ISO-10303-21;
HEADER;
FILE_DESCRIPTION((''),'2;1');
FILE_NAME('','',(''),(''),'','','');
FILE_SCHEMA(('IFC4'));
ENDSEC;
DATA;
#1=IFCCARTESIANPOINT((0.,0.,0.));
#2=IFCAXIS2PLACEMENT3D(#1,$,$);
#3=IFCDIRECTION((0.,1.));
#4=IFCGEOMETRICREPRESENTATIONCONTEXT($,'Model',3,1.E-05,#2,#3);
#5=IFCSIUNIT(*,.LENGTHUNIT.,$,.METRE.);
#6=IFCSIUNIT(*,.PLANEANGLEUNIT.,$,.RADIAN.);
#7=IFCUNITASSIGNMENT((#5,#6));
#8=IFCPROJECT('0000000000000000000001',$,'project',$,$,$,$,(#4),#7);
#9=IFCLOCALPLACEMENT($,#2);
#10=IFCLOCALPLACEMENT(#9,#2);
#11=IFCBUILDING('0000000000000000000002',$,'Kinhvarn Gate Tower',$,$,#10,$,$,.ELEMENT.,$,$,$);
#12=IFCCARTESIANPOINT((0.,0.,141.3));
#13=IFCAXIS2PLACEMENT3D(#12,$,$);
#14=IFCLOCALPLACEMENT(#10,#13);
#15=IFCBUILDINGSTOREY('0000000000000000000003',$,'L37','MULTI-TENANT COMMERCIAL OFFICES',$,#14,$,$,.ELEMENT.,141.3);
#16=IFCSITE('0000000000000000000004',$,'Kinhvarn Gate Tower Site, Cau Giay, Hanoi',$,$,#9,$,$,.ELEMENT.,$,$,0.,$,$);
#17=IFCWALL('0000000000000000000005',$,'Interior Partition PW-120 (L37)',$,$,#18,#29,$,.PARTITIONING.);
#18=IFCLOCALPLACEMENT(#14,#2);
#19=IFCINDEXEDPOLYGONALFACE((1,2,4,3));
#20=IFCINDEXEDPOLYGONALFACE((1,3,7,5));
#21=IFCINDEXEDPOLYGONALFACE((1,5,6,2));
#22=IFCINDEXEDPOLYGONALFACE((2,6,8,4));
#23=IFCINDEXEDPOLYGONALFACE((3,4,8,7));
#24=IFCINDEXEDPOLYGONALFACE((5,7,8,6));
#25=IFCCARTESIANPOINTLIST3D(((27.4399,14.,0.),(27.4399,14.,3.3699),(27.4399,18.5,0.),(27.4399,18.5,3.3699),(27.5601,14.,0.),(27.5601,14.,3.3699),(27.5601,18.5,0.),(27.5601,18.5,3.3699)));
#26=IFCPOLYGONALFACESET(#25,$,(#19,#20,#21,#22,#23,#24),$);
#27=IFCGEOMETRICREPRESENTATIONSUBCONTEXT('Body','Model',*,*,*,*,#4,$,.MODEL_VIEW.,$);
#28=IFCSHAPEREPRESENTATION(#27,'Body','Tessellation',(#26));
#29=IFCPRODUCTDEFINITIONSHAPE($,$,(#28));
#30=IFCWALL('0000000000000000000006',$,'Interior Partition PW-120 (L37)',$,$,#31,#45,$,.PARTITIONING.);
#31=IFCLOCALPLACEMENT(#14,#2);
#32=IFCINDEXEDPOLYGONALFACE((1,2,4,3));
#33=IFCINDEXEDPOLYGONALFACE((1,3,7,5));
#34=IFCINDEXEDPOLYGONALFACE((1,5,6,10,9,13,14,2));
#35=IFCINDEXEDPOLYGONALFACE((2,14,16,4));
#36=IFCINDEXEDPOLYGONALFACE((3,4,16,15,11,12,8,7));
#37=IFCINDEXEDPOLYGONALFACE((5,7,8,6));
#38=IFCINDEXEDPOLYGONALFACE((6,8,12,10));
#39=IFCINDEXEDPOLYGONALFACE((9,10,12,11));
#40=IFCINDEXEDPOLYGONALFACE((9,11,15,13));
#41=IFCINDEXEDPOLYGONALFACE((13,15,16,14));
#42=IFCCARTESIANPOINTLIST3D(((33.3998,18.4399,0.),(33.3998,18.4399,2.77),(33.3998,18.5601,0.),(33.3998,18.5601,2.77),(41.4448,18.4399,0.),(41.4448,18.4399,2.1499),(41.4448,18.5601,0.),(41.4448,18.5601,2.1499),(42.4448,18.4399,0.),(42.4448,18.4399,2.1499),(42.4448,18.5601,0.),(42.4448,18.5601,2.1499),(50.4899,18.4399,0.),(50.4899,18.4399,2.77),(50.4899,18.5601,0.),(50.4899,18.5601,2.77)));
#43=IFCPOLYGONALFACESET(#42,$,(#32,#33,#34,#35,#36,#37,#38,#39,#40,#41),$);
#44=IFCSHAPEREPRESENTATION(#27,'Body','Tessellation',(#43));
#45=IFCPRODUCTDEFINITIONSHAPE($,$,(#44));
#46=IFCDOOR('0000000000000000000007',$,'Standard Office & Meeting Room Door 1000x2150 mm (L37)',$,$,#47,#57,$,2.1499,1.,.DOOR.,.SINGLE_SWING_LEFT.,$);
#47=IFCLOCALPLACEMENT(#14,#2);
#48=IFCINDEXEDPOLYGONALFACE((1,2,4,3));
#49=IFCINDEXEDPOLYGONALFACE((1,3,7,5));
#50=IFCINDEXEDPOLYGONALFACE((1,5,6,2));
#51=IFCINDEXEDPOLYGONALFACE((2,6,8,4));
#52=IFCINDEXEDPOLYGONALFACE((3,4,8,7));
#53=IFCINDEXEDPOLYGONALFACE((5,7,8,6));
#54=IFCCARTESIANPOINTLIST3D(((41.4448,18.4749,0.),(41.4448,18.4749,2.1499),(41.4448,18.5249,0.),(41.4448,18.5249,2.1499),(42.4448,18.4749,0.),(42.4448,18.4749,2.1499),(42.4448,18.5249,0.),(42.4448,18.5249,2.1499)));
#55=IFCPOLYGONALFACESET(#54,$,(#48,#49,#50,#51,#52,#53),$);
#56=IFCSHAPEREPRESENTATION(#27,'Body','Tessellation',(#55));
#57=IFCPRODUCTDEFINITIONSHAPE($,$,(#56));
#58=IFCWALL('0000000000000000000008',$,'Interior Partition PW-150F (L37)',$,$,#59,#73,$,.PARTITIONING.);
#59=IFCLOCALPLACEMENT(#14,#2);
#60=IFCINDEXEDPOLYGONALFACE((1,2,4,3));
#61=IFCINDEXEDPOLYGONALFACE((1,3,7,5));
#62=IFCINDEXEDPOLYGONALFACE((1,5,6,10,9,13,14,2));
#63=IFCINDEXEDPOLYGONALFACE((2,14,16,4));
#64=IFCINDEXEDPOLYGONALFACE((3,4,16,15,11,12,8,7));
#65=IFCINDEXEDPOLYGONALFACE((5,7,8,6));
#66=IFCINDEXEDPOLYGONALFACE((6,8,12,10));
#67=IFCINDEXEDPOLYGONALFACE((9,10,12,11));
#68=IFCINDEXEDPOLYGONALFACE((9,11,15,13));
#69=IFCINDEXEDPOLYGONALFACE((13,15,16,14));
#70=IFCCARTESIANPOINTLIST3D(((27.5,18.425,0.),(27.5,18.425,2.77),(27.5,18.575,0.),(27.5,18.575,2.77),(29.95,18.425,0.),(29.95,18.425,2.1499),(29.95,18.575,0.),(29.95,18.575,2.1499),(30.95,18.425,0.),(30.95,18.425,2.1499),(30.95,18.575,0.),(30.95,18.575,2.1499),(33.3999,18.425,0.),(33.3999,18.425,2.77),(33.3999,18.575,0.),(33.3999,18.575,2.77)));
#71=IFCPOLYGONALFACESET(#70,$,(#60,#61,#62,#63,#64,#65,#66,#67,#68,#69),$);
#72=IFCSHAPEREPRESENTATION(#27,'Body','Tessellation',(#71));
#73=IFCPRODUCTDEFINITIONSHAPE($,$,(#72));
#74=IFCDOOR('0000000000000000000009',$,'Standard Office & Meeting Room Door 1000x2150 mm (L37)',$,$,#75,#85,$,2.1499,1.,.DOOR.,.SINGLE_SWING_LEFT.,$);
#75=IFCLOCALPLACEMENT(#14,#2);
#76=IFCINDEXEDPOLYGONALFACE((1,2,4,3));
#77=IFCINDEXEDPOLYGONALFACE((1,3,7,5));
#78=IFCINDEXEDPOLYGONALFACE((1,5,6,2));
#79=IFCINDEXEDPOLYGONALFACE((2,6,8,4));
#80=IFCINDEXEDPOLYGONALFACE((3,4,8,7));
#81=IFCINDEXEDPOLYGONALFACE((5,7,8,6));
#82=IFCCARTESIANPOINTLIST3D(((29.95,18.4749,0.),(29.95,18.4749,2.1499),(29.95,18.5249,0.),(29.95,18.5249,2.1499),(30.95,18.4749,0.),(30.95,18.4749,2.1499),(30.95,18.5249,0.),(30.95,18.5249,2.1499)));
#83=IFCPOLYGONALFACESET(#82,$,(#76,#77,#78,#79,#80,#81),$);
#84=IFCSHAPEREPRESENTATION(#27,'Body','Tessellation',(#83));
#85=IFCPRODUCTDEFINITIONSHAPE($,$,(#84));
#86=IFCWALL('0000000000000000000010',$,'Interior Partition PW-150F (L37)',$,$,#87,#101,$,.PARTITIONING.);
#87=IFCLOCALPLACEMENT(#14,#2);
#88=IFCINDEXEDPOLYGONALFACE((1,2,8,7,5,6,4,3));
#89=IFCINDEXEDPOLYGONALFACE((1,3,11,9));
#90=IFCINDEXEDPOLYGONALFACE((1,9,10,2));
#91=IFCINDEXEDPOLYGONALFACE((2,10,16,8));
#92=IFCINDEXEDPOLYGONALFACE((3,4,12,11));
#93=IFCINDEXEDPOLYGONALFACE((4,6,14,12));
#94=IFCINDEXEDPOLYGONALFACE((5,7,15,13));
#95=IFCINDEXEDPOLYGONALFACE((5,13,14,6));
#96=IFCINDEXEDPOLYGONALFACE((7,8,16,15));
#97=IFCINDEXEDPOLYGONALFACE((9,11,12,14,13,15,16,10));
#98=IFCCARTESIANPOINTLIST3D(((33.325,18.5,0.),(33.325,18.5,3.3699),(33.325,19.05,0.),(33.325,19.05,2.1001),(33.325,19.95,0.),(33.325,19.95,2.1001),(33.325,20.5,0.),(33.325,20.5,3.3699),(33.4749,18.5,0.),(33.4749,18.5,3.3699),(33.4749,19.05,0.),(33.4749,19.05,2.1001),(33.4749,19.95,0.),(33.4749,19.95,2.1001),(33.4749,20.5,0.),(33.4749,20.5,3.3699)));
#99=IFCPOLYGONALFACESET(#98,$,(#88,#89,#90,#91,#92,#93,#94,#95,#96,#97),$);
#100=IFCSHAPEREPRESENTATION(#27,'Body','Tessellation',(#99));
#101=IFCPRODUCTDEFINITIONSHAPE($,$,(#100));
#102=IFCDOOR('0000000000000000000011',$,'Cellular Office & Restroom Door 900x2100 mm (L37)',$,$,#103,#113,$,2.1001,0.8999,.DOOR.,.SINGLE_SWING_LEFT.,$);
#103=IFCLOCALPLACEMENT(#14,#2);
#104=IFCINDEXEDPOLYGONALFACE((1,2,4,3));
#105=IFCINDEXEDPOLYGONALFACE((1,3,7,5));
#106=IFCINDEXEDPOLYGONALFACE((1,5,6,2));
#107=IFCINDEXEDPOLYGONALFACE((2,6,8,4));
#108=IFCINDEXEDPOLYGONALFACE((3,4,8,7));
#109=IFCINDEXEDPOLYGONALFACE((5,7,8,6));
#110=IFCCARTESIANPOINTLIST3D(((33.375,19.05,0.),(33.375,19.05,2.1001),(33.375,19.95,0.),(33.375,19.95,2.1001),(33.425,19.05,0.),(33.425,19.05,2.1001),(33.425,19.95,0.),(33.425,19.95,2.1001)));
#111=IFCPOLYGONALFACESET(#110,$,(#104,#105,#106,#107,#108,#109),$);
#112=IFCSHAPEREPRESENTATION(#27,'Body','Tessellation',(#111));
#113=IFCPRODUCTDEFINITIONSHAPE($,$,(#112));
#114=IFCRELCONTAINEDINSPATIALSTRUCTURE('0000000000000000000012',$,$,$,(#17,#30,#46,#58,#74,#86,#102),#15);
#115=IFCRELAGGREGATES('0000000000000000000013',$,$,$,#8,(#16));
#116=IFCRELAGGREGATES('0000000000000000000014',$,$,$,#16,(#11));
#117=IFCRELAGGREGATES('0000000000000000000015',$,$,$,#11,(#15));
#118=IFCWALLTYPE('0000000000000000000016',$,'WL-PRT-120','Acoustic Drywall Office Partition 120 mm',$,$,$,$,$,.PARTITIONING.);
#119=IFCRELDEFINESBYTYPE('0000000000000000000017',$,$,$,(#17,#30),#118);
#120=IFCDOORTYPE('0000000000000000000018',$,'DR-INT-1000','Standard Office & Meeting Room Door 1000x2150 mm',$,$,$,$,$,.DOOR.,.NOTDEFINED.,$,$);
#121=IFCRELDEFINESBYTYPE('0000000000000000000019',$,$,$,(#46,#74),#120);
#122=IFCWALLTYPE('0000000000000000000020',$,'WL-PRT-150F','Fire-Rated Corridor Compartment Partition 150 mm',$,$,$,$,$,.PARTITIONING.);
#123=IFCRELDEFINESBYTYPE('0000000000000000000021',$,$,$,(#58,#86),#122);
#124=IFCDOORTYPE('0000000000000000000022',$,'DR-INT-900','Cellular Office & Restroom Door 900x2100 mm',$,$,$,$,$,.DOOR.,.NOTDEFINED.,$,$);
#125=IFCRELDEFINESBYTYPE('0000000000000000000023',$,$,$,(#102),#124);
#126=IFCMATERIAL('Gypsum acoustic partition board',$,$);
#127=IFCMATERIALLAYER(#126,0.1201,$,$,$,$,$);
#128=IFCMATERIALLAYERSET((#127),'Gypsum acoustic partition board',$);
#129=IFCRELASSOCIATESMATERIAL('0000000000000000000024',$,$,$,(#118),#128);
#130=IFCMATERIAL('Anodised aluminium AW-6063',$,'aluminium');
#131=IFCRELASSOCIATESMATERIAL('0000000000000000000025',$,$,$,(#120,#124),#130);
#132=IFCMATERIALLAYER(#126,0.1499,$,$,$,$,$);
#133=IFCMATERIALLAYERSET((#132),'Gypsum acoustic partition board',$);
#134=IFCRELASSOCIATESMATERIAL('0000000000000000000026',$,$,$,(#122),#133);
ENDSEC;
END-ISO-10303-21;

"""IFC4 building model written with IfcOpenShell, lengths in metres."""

from ifc_helpers import new_model, si_unit, direction, frame, frame_2d, origin, place, context, subcontext, project, spatial, rectangle, extrude, material, layer, layer_set, type_object, element, fill, save


model = new_model("IFC4")

# Units and contexts
model_context = context("Model", 3, precision=1e-05, world=origin(), true_north=direction((0.0, 1.0)))
body_context = subcontext(model_context, "Body", "Model", "MODEL_VIEW")
ifc_project = project(units=[si_unit("LENGTHUNIT", "METRE"), si_unit("PLANEANGLEUNIT", "RADIAN")], contexts=[model_context])

# Site, building, storey
site_placement = place(None, origin())
site = spatial("IfcSite", under=ifc_project, at=site_placement, Name="Kinhvarn Gate Tower Site, Cau Giay, Hanoi", CompositionType="ELEMENT", RefElevation=0.0)
building_placement = place(site_placement, origin())
building = spatial("IfcBuilding", under=site, at=building_placement, Name="Kinhvarn Gate Tower", CompositionType="ELEMENT")
storey_placement = place(building_placement, frame((0.0, 0.0, 141.3)))
storey = spatial("IfcBuildingStorey", under=building, at=storey_placement, Name="L37", Description="MULTI-TENANT COMMERCIAL OFFICES", CompositionType="ELEMENT", Elevation=141.3)

# Wall
ifc_material_1 = material(Name="Gypsum acoustic partition board")
ifc_layer_1 = layer(ifc_material_1, 0.1201)
ifc_layer_set_1 = layer_set([ifc_layer_1], Name="Gypsum acoustic partition board")
wall_type_1 = type_object("IfcWallType", Name="WL-PRT-120", Description="Acoustic Drywall Office Partition 120 mm", PredefinedType="PARTITIONING", material=ifc_layer_set_1)
wall_1_placement = place(storey_placement, frame((27.5, 14.0, 0.0), z_axis=(0.0, 0.0, 1.0), x_axis=(0.0, 1.0, 0.0)))
element("IfcWall", 1, at=wall_1_placement, inside=storey, type_object=wall_type_1, Name="Interior Partition PW-120 (L37)", PredefinedType="PARTITIONING", context=body_context, shape_type="SweptSolid", body=[
    extrude(rectangle(XDim=4.5, YDim=0.1201, at=frame_2d((2.25, 0.0))), origin(), (0.0, 0.0, 1.0), 3.3699),
])

# Walls, openings, doors
wall_2_placement = place(storey_placement, frame((33.3999, 18.5, 0.0), z_axis=(0.0, 0.0, 1.0), x_axis=(1.0, 0.0, 0.0)))
wall_2 = element("IfcWall", 2, at=wall_2_placement, inside=storey, type_object=wall_type_1, Name="Interior Partition PW-120 (L37)", PredefinedType="PARTITIONING", context=body_context, shape_type="SweptSolid", body=[
    extrude(rectangle(XDim=17.0901, YDim=0.1201, at=frame_2d((8.5449, 0.0))), origin(), (0.0, 0.0, 1.0), 2.77),
])
opening_1_placement = place(wall_2_placement, frame((8.0449, 0.0, 0.0)))
opening_1 = element("IfcOpeningElement", 3, at=opening_1_placement, cuts=wall_2, PredefinedType="OPENING", context=body_context, shape_type="SweptSolid", body=[
    extrude(rectangle(XDim=1.0, YDim=2.1499, at=frame_2d((0.5, 1.075))), frame((0.0, 0.0701, 0.0), z_axis=(0.0, -1.0, 0.0), x_axis=(1.0, 0.0, 0.0)), (0.0, 0.0, 1.0), 0.1401),
])
ifc_material_2 = material(Name="Anodised aluminium AW-6063", Category="aluminium")
door_type_1 = type_object("IfcDoorType", Name="DR-INT-1000", Description="Standard Office & Meeting Room Door 1000x2150 mm", OperationType="NOTDEFINED", PredefinedType="DOOR", material=ifc_material_2)
door_1_placement = place(opening_1_placement, origin())
door_1 = element("IfcDoor", 4, at=door_1_placement, inside=storey, type_object=door_type_1, Name="Standard Office & Meeting Room Door 1000x2150 mm (L37)", OperationType="SINGLE_SWING_LEFT", OverallHeight=2.1499, OverallWidth=1.0, PredefinedType="DOOR", context=body_context, shape_type="SweptSolid", body=[
    extrude(rectangle(XDim=1.0, YDim=2.1499, at=frame_2d((0.5, 1.075))), frame((0.0, 0.0249, 0.0), z_axis=(0.0, -1.0, 0.0), x_axis=(1.0, 0.0, 0.0)), (0.0, 0.0, 1.0), 0.05),
])
fill(opening_1, door_1)
ifc_layer_2 = layer(ifc_material_1, 0.1499)
ifc_layer_set_2 = layer_set([ifc_layer_2], Name="Gypsum acoustic partition board")
wall_type_2 = type_object("IfcWallType", Name="WL-PRT-150F", Description="Fire-Rated Corridor Compartment Partition 150 mm", PredefinedType="PARTITIONING", material=ifc_layer_set_2)
wall_3_placement = place(storey_placement, frame((27.5, 18.5, 0.0), z_axis=(0.0, 0.0, 1.0), x_axis=(1.0, 0.0, 0.0)))
wall_3 = element("IfcWall", 5, at=wall_3_placement, inside=storey, type_object=wall_type_2, Name="Interior Partition PW-150F (L37)", PredefinedType="PARTITIONING", context=body_context, shape_type="SweptSolid", body=[
    extrude(rectangle(XDim=5.8999, YDim=0.1499, at=frame_2d((2.95, 0.0))), origin(), (0.0, 0.0, 1.0), 2.77),
])
opening_2_placement = place(wall_3_placement, frame((2.45, 0.0, 0.0)))
opening_2 = element("IfcOpeningElement", 6, at=opening_2_placement, cuts=wall_3, PredefinedType="OPENING", context=body_context, shape_type="SweptSolid", body=[
    extrude(rectangle(XDim=1.0, YDim=2.1499, at=frame_2d((0.5, 1.075))), frame((0.0, 0.085, 0.0), z_axis=(0.0, -1.0, 0.0), x_axis=(1.0, 0.0, 0.0)), (0.0, 0.0, 1.0), 0.1699),
])
door_2_placement = place(opening_2_placement, origin())
door_2 = element("IfcDoor", 7, at=door_2_placement, inside=storey, type_object=door_type_1, Name="Standard Office & Meeting Room Door 1000x2150 mm (L37)", OperationType="SINGLE_SWING_LEFT", OverallHeight=2.1499, OverallWidth=1.0, PredefinedType="DOOR", context=body_context, shape_type="SweptSolid", body=[
    extrude(rectangle(XDim=1.0, YDim=2.1499, at=frame_2d((0.5, 1.075))), frame((0.0, 0.0249, 0.0), z_axis=(0.0, -1.0, 0.0), x_axis=(1.0, 0.0, 0.0)), (0.0, 0.0, 1.0), 0.05),
])
fill(opening_2, door_2)
wall_4_placement = place(storey_placement, frame((33.3999, 18.5, 0.0), z_axis=(0.0, 0.0, 1.0), x_axis=(0.0, 1.0, 0.0)))
wall_4 = element("IfcWall", 8, at=wall_4_placement, inside=storey, type_object=wall_type_2, Name="Interior Partition PW-150F (L37)", PredefinedType="PARTITIONING", context=body_context, shape_type="SweptSolid", body=[
    extrude(rectangle(XDim=2.0, YDim=0.1499, at=frame_2d((1.0, 0.0))), origin(), (0.0, 0.0, 1.0), 3.3699),
])
opening_3_placement = place(wall_4_placement, frame((0.55, 0.0, 0.0)))
opening_3 = element("IfcOpeningElement", 9, at=opening_3_placement, cuts=wall_4, PredefinedType="OPENING", context=body_context, shape_type="SweptSolid", body=[
    extrude(rectangle(XDim=0.8999, YDim=2.1001, at=frame_2d((0.45, 1.05))), frame((0.0, 0.085, 0.0), z_axis=(0.0, -1.0, 0.0), x_axis=(1.0, 0.0, 0.0)), (0.0, 0.0, 1.0), 0.1699),
])
door_type_2 = type_object("IfcDoorType", Name="DR-INT-900", Description="Cellular Office & Restroom Door 900x2100 mm", OperationType="NOTDEFINED", PredefinedType="DOOR", material=ifc_material_2)
door_3_placement = place(opening_3_placement, origin())
door_3 = element("IfcDoor", 10, at=door_3_placement, inside=storey, type_object=door_type_2, Name="Cellular Office & Restroom Door 900x2100 mm (L37)", OperationType="SINGLE_SWING_LEFT", OverallHeight=2.1001, OverallWidth=0.8999, PredefinedType="DOOR", context=body_context, shape_type="SweptSolid", body=[
    extrude(rectangle(XDim=0.8999, YDim=2.1001, at=frame_2d((0.45, 1.05))), frame((0.0, 0.0249, 0.0), z_axis=(0.0, -1.0, 0.0), x_axis=(1.0, 0.0, 0.0)), (0.0, 0.0, 1.0), 0.05),
])
fill(opening_3, door_3)

save(model, "model.ifc")
